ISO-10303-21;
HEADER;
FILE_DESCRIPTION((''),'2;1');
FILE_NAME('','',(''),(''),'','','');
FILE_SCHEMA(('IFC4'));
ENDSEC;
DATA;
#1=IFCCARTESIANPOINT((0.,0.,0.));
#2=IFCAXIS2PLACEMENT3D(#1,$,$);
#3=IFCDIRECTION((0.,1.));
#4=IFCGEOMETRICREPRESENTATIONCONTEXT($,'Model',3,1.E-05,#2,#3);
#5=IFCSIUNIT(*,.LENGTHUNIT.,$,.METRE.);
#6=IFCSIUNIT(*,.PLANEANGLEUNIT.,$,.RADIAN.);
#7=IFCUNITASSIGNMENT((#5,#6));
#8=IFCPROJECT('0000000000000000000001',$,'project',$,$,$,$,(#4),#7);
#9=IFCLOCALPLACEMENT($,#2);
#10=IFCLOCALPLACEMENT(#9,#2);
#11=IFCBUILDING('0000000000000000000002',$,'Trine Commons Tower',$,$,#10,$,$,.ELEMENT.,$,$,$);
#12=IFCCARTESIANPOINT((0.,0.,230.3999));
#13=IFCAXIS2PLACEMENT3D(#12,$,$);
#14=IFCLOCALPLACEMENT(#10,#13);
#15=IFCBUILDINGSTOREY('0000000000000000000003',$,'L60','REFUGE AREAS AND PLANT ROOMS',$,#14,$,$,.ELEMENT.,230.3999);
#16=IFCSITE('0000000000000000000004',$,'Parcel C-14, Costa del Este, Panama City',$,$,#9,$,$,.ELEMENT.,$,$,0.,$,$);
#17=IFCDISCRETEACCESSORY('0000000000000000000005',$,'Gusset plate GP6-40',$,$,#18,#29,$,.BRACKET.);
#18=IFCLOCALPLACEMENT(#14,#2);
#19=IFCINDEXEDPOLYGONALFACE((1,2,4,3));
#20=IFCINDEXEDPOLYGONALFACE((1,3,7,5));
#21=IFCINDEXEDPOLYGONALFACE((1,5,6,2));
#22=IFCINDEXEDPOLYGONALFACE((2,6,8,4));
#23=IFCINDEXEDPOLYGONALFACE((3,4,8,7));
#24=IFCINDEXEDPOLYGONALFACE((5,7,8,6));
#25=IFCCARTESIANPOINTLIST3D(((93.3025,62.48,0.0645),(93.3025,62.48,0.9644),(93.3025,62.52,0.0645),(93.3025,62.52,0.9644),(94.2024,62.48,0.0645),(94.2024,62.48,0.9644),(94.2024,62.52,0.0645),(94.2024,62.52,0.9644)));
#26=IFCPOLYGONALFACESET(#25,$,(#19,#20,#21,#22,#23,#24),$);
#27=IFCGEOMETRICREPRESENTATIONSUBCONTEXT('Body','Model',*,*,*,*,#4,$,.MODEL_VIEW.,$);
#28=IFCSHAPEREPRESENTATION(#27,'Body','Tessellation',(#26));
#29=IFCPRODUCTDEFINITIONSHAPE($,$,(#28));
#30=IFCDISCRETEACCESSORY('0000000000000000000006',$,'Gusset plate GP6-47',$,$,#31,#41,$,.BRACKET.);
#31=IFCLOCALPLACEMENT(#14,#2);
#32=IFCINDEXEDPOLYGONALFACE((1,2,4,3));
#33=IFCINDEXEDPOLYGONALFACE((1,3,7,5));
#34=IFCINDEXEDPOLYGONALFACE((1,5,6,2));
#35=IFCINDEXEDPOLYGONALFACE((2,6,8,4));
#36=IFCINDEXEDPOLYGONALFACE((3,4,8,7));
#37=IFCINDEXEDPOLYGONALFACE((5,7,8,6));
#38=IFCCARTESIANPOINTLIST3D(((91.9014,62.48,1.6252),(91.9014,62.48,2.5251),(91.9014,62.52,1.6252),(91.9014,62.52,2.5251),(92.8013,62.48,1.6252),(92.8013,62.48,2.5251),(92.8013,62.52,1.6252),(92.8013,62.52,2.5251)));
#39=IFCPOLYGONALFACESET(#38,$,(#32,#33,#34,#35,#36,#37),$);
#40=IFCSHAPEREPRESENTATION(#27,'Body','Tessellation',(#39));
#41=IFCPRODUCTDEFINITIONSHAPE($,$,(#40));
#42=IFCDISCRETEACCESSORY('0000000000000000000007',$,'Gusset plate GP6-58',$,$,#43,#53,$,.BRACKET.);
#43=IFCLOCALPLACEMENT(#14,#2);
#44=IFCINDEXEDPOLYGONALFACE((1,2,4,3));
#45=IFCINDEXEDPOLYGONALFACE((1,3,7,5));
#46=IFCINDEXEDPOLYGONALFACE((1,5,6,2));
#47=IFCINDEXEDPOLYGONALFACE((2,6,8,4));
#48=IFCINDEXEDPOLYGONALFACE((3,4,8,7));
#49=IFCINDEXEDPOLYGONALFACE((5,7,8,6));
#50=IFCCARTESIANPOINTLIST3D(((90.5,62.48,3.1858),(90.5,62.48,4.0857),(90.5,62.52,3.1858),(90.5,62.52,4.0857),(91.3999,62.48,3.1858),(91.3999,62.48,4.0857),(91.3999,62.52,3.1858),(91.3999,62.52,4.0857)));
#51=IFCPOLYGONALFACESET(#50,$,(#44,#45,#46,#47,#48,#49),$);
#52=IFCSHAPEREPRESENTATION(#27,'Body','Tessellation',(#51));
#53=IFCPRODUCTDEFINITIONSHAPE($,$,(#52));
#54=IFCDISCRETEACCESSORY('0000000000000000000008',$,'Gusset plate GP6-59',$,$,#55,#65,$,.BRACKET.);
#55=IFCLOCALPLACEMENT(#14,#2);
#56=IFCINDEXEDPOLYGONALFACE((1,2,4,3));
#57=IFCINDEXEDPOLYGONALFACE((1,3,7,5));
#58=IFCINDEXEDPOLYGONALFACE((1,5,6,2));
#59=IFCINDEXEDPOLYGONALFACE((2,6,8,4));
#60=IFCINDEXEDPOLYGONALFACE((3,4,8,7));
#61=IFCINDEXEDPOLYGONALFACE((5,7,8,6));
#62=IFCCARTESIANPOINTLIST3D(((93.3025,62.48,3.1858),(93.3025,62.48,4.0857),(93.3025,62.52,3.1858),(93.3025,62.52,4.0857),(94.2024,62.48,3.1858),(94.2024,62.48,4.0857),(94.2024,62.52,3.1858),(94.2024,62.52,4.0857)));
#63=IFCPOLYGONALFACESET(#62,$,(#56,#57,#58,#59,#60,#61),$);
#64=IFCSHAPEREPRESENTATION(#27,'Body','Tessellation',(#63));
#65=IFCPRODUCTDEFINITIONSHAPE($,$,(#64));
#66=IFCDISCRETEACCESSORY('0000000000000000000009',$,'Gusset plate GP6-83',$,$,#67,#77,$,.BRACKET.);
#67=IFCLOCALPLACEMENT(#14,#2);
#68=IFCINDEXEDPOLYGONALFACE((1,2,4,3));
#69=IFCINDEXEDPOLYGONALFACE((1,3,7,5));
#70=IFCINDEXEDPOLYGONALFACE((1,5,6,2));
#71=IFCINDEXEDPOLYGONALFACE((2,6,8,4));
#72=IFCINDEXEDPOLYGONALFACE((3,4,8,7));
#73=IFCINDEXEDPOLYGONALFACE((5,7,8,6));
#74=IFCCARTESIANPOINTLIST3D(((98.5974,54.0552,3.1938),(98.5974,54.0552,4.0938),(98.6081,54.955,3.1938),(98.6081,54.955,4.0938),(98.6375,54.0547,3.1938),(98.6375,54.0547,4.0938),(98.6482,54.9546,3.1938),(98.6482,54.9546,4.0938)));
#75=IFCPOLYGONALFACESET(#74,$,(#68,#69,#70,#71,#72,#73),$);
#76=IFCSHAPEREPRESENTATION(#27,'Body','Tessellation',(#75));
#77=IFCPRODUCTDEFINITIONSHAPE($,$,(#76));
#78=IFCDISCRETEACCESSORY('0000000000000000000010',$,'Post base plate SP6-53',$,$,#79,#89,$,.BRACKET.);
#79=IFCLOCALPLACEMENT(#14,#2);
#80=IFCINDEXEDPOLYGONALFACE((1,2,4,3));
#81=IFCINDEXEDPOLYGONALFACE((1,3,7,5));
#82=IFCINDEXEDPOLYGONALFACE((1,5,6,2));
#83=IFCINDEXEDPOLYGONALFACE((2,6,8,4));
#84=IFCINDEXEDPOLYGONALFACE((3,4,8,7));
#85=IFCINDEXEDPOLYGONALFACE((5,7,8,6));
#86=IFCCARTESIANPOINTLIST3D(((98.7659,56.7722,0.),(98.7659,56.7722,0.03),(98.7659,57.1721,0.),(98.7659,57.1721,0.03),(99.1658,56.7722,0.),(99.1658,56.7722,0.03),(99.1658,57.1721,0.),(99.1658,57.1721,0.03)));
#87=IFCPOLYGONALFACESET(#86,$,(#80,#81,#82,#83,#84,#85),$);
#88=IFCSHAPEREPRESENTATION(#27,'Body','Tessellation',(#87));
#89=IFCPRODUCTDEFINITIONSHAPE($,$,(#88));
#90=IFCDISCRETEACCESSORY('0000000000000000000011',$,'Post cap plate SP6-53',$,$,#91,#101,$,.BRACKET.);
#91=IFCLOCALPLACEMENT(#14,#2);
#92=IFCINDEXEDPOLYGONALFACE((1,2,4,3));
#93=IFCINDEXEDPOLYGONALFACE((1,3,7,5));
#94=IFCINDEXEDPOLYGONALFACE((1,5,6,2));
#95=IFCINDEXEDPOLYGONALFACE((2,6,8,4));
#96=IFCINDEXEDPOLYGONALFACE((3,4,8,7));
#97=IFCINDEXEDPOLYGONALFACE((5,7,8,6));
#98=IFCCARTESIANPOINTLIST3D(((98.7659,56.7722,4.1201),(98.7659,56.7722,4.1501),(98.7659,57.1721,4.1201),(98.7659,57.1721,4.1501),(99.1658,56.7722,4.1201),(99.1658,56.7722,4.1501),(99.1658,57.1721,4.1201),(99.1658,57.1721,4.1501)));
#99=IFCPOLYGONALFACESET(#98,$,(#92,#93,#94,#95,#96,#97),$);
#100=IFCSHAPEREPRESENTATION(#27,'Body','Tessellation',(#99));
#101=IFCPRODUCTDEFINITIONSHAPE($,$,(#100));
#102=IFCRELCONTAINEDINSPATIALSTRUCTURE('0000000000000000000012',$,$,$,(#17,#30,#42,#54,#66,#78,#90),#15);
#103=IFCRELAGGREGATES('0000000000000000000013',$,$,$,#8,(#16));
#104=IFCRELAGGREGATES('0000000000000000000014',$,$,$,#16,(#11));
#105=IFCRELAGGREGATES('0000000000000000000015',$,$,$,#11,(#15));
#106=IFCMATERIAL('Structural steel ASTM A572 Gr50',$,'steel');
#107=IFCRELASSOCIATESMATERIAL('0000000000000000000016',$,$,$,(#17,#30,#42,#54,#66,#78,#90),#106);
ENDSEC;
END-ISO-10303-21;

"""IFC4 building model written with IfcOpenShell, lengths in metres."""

from ifc_helpers import new_model, si_unit, direction, frame, origin, origin_2d, place, context, subcontext, project, spatial, rectangle, extrude, material, element, save


model = new_model("IFC4")

# Units and contexts
model_context = context("Model", 3, precision=1e-05, world=origin(), true_north=direction((0.0, 1.0)))
body_context = subcontext(model_context, "Body", "Model", "MODEL_VIEW")
ifc_project = project(units=[si_unit("LENGTHUNIT", "METRE"), si_unit("PLANEANGLEUNIT", "RADIAN")], contexts=[model_context])

# Site, building, storey
site_placement = place(None, origin())
site = spatial("IfcSite", under=ifc_project, at=site_placement, Name="Parcel C-14, Costa del Este, Panama City", CompositionType="ELEMENT", RefElevation=0.0)
building_placement = place(site_placement, origin())
building = spatial("IfcBuilding", under=site, at=building_placement, Name="Trine Commons Tower", CompositionType="ELEMENT")
storey_placement = place(building_placement, frame((0.0, 0.0, 230.3999)))
storey = spatial("IfcBuildingStorey", under=building, at=storey_placement, Name="L60", Description="REFUGE AREAS AND PLANT ROOMS", CompositionType="ELEMENT", Elevation=230.3999)

# Discrete accessories
ifc_material_1 = material(Name="Structural steel ASTM A572 Gr50", Category="steel")
for number, where, z_axis, x_axis, name in (
    (1, (93.7524, 62.5, 0.0645), (0.0, 0.0, 1.0), (1.0, 0.0, 0.0), "Gusset plate GP6-40"),
    (2, (92.3513, 62.5, 1.6252), (0.0, 0.0, 1.0), (1.0, 0.0, 0.0), "Gusset plate GP6-47"),
    (3, (90.95, 62.5, 3.1858), (0.0, 0.0, 1.0), (1.0, 0.0, 0.0), "Gusset plate GP6-58"),
    (4, (93.7524, 62.5, 3.1858), (0.0, 0.0, 1.0), (1.0, 0.0, 0.0), "Gusset plate GP6-59"),
    (5, (98.6228, 54.5049, 3.1938), (0.0, 0.0, 1.0), (-0.011885, -0.999929, 0.0), "Gusset plate GP6-83"),
):
    element("IfcDiscreteAccessory", number, at=place(storey_placement, frame(where, z_axis=z_axis, x_axis=x_axis)), inside=storey, material=ifc_material_1, Name=name, PredefinedType="BRACKET", context=body_context, shape_type="SweptSolid", body=[
        extrude(rectangle(XDim=0.8999, YDim=0.04, at=origin_2d()), origin(), (0.0, 0.0, 1.0), 0.8999),
    ])
for number, where, z_axis, x_axis, name in (
    (6, (98.9658, 56.9722, 0.0), (0.0, 0.0, 1.0), (1.0, 0.0, 0.0), "Post base plate SP6-53"),
    (7, (98.9658, 56.9722, 4.1201), (0.0, 0.0, 1.0), (1.0, 0.0, 0.0), "Post cap plate SP6-53"),
):
    element("IfcDiscreteAccessory", number, at=place(storey_placement, frame(where, z_axis=z_axis, x_axis=x_axis)), inside=storey, material=ifc_material_1, Name=name, PredefinedType="BRACKET", context=body_context, shape_type="SweptSolid", body=[
        extrude(rectangle(XDim=0.3999, YDim=0.3999, at=origin_2d()), origin(), (0.0, 0.0, 1.0), 0.03),
    ])

save(model, "model.ifc")
